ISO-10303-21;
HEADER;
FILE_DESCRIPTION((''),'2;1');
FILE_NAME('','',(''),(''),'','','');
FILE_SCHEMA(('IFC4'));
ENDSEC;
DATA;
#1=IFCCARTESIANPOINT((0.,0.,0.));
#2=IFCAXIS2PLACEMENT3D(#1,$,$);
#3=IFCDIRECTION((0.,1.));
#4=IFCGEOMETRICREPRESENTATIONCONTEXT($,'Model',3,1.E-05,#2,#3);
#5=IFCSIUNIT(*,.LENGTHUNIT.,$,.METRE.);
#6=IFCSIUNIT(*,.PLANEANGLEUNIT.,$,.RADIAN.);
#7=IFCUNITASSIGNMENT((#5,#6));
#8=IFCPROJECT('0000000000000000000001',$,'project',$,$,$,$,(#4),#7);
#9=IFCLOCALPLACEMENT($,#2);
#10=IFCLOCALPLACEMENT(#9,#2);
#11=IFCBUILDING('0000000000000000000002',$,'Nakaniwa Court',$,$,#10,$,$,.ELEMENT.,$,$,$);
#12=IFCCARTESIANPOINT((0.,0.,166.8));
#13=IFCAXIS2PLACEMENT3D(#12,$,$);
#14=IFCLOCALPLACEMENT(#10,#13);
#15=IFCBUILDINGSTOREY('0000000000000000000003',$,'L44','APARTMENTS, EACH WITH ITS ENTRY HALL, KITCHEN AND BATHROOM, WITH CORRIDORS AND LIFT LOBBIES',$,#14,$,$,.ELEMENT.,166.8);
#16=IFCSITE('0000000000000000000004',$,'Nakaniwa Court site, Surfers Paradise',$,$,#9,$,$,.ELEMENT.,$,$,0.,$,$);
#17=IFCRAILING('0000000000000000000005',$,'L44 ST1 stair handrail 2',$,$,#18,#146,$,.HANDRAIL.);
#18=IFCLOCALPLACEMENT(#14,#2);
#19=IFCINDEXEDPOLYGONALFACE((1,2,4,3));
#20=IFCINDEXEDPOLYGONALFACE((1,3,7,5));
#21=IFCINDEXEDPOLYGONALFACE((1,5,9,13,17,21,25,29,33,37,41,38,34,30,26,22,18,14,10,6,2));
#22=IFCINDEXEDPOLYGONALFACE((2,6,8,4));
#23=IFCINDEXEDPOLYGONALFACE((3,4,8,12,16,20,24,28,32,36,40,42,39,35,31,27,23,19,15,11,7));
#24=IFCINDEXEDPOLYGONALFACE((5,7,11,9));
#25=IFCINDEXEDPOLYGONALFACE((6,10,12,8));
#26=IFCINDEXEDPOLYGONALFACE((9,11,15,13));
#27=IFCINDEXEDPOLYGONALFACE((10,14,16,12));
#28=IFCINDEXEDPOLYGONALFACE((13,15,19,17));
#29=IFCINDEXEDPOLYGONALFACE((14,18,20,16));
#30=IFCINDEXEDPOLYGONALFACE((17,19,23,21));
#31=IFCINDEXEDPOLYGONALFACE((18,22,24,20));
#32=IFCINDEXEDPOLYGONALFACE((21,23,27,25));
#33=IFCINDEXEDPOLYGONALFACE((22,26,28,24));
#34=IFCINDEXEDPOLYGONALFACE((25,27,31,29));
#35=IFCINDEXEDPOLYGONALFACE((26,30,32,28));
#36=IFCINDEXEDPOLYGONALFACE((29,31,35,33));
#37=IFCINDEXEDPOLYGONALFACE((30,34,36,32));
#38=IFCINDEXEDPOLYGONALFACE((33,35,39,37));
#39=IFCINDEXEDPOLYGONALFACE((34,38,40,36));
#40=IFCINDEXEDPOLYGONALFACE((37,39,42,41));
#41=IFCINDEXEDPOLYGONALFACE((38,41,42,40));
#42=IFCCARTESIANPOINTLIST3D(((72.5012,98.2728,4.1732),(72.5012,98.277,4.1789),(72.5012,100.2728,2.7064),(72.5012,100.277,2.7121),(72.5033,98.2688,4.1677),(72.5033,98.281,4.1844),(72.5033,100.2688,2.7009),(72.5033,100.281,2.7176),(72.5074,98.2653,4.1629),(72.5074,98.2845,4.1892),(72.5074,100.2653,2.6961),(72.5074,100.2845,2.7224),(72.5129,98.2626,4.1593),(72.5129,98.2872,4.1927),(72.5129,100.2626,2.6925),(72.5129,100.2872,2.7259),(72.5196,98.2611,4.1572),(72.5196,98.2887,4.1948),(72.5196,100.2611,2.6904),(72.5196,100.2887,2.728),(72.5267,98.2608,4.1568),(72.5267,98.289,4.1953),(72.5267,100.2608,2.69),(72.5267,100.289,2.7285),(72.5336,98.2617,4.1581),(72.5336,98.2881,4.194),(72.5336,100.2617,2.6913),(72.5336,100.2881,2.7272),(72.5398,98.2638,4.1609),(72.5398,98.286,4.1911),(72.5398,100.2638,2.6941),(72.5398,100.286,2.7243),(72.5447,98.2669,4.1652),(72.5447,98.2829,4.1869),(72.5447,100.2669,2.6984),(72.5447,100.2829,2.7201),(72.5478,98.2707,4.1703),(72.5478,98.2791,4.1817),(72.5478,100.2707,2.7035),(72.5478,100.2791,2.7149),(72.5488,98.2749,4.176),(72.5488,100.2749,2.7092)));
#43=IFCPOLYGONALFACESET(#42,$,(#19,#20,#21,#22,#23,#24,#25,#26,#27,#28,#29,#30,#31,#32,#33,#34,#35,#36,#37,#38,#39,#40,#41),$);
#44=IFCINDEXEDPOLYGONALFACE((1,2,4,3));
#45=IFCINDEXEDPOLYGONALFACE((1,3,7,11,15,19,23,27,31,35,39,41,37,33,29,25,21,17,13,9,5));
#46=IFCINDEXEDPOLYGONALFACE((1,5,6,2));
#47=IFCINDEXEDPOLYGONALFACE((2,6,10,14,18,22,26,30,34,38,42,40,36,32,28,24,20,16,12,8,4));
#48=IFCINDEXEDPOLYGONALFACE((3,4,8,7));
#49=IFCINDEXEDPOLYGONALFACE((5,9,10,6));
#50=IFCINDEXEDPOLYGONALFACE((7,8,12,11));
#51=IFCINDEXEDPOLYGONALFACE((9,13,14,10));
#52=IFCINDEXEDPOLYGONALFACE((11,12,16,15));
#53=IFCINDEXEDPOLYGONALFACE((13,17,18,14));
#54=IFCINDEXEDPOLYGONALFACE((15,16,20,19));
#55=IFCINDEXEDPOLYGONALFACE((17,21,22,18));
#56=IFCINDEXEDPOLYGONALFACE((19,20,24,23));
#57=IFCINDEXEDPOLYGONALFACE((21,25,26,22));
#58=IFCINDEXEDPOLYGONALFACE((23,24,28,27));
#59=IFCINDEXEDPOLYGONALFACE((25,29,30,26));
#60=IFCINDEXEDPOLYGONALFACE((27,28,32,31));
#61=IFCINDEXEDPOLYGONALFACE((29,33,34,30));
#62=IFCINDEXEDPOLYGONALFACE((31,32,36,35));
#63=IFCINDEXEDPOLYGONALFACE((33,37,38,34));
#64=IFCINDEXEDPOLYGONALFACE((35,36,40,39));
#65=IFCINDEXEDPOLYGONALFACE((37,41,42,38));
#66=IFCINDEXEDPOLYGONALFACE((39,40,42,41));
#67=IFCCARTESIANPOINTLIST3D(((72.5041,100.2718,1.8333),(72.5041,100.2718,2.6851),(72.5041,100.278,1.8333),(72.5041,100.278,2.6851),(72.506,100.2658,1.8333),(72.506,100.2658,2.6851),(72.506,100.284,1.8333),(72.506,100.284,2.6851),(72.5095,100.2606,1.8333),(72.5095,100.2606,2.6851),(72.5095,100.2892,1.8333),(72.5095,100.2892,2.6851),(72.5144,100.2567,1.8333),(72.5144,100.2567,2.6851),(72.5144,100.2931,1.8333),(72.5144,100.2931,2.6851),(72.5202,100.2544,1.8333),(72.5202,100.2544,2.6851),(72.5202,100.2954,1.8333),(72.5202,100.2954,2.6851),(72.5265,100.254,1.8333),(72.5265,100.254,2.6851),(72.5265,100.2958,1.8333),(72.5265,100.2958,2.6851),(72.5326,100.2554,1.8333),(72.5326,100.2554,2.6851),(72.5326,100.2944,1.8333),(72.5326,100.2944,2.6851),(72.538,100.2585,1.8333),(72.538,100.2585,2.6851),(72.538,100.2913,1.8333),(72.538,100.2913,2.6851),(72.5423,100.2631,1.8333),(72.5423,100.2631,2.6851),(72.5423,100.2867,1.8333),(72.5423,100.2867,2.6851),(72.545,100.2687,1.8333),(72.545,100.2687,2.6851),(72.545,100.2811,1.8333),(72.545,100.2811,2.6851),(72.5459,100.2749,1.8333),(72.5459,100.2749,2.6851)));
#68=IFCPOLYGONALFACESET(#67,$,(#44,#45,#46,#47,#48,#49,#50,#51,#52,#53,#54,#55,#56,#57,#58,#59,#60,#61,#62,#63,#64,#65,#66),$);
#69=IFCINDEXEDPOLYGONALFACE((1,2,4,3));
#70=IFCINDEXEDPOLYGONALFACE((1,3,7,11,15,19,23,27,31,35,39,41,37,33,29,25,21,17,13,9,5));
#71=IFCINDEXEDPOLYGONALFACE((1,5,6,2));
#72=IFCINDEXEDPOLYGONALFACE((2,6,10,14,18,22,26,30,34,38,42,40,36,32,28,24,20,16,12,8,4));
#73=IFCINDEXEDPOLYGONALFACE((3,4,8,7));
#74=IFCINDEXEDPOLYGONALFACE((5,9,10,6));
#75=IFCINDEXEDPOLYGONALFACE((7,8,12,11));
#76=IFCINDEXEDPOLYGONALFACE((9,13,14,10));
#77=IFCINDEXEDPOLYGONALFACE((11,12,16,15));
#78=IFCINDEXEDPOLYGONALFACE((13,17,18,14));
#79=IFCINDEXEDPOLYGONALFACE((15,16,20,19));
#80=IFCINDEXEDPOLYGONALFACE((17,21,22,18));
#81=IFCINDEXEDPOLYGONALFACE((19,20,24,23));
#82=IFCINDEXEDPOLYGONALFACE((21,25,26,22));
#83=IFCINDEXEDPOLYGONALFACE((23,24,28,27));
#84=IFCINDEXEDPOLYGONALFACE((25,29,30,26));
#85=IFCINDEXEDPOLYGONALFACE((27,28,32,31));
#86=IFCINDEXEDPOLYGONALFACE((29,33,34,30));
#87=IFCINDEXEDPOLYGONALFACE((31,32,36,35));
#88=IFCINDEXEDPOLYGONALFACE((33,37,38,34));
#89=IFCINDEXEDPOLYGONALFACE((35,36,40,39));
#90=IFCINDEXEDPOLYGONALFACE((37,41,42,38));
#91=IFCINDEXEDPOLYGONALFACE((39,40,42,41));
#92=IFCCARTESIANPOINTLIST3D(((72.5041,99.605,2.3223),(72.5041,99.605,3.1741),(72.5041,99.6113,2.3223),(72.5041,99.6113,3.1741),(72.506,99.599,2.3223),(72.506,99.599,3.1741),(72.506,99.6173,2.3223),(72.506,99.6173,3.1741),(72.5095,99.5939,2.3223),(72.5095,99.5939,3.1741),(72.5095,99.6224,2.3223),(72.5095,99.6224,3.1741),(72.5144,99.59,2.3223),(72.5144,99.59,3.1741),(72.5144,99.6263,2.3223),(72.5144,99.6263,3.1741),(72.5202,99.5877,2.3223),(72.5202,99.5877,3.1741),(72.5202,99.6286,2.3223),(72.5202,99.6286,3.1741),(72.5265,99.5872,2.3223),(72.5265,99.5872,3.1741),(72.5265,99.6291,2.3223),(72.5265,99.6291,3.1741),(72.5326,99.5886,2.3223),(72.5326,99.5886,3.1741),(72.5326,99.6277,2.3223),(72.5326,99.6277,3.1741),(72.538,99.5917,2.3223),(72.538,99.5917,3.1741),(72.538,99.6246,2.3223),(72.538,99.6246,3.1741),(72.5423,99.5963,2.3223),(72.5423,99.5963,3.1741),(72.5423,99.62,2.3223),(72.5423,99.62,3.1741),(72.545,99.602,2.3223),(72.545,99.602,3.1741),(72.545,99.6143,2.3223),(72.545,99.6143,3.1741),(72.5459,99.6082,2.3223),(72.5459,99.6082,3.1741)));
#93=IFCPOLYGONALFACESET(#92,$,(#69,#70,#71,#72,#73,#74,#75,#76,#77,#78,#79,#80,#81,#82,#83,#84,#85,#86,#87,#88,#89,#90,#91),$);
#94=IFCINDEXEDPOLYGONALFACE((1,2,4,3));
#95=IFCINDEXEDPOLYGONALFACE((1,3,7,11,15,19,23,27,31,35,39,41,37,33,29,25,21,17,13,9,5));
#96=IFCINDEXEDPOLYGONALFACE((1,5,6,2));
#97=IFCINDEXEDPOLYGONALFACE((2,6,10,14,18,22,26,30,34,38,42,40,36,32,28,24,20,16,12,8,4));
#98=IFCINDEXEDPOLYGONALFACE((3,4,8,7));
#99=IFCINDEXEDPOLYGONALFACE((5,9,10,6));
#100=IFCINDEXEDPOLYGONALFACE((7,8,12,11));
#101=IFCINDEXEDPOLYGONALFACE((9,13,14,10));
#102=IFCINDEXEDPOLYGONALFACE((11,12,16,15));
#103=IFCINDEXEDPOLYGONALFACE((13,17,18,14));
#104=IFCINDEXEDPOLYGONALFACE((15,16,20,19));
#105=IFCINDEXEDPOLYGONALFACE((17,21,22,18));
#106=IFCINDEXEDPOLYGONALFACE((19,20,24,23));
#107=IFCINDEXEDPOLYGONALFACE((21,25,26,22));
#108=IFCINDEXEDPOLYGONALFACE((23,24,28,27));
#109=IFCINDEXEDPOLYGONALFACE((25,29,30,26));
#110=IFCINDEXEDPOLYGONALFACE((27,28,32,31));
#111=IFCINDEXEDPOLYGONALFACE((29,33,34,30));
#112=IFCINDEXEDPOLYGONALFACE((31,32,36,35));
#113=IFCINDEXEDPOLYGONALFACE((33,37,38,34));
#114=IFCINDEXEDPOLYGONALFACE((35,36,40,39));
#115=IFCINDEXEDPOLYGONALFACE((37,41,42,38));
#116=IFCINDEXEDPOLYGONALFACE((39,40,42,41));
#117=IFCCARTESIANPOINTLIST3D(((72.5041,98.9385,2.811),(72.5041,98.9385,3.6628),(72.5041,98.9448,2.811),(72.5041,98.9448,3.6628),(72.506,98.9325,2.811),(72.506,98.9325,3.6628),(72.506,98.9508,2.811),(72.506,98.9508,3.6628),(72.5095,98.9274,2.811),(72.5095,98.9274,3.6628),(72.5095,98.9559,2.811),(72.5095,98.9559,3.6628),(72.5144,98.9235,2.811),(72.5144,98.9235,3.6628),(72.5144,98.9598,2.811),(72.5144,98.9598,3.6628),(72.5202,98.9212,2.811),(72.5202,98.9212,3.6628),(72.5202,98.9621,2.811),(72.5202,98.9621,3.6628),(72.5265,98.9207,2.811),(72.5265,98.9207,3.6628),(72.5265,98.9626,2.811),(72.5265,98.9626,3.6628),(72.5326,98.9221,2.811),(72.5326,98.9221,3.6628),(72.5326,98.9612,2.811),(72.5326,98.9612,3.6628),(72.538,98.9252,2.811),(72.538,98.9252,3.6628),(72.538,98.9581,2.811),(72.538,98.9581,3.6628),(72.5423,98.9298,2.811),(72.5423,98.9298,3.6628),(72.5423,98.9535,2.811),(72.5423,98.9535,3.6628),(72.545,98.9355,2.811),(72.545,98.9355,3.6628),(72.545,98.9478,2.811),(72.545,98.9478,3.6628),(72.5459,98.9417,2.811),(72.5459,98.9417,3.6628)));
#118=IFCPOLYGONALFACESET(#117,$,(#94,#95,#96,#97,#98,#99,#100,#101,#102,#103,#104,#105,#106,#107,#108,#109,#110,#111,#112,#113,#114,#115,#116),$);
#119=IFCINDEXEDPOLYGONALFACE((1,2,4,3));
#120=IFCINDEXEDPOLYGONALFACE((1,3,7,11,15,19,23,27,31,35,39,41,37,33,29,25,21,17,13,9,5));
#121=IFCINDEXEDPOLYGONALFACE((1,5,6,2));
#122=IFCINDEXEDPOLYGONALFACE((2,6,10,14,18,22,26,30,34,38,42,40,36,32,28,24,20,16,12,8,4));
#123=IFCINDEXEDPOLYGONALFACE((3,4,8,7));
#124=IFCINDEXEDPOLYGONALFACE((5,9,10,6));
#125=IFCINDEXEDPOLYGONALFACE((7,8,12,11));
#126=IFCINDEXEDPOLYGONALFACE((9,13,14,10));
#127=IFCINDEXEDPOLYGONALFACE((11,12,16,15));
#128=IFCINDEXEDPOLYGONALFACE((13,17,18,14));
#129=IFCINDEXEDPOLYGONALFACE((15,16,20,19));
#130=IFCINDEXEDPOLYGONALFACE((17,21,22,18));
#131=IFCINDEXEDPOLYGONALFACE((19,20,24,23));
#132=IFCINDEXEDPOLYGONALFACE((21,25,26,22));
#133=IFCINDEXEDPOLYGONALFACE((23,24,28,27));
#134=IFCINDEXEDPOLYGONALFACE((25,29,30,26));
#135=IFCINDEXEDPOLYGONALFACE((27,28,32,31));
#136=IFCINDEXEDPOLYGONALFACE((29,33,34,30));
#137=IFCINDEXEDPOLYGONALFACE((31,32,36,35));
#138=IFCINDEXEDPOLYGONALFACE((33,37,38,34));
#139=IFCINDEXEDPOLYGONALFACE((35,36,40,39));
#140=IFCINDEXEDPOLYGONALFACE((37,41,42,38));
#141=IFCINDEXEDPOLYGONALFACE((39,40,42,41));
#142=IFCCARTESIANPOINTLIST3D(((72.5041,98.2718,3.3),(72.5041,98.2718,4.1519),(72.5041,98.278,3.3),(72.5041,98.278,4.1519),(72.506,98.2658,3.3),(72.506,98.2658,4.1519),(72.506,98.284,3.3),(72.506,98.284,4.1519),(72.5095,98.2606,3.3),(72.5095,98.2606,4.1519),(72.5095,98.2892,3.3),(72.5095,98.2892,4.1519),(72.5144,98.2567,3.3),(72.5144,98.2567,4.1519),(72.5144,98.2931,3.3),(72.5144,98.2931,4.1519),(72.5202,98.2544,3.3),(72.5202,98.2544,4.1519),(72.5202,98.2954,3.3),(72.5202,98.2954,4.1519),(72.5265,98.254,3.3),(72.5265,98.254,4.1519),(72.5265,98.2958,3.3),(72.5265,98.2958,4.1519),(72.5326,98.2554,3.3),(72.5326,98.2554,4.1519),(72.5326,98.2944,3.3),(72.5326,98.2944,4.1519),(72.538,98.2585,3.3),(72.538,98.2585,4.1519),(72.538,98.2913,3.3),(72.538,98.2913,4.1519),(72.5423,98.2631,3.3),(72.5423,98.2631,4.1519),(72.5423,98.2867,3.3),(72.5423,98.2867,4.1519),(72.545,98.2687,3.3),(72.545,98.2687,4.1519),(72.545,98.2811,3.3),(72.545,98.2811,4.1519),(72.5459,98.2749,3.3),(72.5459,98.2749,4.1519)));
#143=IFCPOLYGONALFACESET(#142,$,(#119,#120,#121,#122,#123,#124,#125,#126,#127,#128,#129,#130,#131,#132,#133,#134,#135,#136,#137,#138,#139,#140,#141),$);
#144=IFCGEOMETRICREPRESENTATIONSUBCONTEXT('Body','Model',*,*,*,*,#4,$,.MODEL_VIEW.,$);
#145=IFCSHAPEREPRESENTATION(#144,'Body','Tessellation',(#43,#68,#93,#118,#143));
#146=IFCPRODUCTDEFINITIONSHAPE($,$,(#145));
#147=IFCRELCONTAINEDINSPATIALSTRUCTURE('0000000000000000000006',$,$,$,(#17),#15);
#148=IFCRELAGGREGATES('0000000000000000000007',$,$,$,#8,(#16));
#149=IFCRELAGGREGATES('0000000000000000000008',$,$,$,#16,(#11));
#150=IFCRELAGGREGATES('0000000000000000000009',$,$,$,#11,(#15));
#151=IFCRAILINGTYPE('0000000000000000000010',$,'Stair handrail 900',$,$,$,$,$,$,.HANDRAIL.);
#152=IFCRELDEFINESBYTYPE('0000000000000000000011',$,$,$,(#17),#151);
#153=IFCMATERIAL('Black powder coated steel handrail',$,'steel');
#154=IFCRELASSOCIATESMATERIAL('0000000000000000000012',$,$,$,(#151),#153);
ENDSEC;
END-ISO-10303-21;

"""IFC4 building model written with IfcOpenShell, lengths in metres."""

from ifc_helpers import new_model, si_unit, direction, frame, origin, origin_2d, place, context, subcontext, project, spatial, circle, extrude, material, type_object, element, save


model = new_model("IFC4")

# Units and contexts
model_context = context("Model", 3, precision=1e-05, world=origin(), true_north=direction((0.0, 1.0)))
body_context = subcontext(model_context, "Body", "Model", "MODEL_VIEW")
ifc_project = project(units=[si_unit("LENGTHUNIT", "METRE"), si_unit("PLANEANGLEUNIT", "RADIAN")], contexts=[model_context])

# Site, building, storey
site_placement = place(None, origin())
site = spatial("IfcSite", under=ifc_project, at=site_placement, Name="Nakaniwa Court site, Surfers Paradise", CompositionType="ELEMENT", RefElevation=0.0)
building_placement = place(site_placement, origin())
building = spatial("IfcBuilding", under=site, at=building_placement, Name="Nakaniwa Court", CompositionType="ELEMENT")
storey_placement = place(building_placement, frame((0.0, 0.0, 166.8)))
storey = spatial("IfcBuildingStorey", under=building, at=storey_placement, Name="L44", Description="APARTMENTS, EACH WITH ITS ENTRY HALL, KITCHEN AND BATHROOM, WITH CORRIDORS AND LIFT LOBBIES", CompositionType="ELEMENT", Elevation=166.8)

# Railing
ifc_material_1 = material(Name="Black powder coated steel handrail", Category="steel")
railing_type_1 = type_object("IfcRailingType", Name="Stair handrail 900", PredefinedType="HANDRAIL", material=ifc_material_1)
railing_1_placement = place(storey_placement, frame((72.5249, 100.2749, 1.8333)))
element("IfcRailing", 1, at=railing_1_placement, inside=storey, type_object=railing_type_1, Name="L44 ST1 stair handrail 2", PredefinedType="HANDRAIL", context=body_context, shape_type="SweptSolid", body=[
    extrude(circle(Radius=0.0239, at=origin_2d()), frame((0.0, 0.0, 0.876), z_axis=(0.0, -0.80638, 0.591398), x_axis=(1.0, 0.0, 0.0)), (0.0, 0.0, 1.0), 2.4802),
    extrude(circle(Radius=0.021, at=origin_2d()), origin(), (0.0, 0.0, 1.0), 0.8518),
    extrude(circle(Radius=0.021, at=origin_2d()), frame((0.0, -0.6667, 0.489)), (0.0, 0.0, 1.0), 0.8518),
    extrude(circle(Radius=0.021, at=origin_2d()), frame((0.0, -1.3333, 0.9778)), (0.0, 0.0, 1.0), 0.8518),
    extrude(circle(Radius=0.021, at=origin_2d()), frame((0.0, -2.0, 1.4668)), (0.0, 0.0, 1.0), 0.8518),
])

save(model, "model.ifc")
